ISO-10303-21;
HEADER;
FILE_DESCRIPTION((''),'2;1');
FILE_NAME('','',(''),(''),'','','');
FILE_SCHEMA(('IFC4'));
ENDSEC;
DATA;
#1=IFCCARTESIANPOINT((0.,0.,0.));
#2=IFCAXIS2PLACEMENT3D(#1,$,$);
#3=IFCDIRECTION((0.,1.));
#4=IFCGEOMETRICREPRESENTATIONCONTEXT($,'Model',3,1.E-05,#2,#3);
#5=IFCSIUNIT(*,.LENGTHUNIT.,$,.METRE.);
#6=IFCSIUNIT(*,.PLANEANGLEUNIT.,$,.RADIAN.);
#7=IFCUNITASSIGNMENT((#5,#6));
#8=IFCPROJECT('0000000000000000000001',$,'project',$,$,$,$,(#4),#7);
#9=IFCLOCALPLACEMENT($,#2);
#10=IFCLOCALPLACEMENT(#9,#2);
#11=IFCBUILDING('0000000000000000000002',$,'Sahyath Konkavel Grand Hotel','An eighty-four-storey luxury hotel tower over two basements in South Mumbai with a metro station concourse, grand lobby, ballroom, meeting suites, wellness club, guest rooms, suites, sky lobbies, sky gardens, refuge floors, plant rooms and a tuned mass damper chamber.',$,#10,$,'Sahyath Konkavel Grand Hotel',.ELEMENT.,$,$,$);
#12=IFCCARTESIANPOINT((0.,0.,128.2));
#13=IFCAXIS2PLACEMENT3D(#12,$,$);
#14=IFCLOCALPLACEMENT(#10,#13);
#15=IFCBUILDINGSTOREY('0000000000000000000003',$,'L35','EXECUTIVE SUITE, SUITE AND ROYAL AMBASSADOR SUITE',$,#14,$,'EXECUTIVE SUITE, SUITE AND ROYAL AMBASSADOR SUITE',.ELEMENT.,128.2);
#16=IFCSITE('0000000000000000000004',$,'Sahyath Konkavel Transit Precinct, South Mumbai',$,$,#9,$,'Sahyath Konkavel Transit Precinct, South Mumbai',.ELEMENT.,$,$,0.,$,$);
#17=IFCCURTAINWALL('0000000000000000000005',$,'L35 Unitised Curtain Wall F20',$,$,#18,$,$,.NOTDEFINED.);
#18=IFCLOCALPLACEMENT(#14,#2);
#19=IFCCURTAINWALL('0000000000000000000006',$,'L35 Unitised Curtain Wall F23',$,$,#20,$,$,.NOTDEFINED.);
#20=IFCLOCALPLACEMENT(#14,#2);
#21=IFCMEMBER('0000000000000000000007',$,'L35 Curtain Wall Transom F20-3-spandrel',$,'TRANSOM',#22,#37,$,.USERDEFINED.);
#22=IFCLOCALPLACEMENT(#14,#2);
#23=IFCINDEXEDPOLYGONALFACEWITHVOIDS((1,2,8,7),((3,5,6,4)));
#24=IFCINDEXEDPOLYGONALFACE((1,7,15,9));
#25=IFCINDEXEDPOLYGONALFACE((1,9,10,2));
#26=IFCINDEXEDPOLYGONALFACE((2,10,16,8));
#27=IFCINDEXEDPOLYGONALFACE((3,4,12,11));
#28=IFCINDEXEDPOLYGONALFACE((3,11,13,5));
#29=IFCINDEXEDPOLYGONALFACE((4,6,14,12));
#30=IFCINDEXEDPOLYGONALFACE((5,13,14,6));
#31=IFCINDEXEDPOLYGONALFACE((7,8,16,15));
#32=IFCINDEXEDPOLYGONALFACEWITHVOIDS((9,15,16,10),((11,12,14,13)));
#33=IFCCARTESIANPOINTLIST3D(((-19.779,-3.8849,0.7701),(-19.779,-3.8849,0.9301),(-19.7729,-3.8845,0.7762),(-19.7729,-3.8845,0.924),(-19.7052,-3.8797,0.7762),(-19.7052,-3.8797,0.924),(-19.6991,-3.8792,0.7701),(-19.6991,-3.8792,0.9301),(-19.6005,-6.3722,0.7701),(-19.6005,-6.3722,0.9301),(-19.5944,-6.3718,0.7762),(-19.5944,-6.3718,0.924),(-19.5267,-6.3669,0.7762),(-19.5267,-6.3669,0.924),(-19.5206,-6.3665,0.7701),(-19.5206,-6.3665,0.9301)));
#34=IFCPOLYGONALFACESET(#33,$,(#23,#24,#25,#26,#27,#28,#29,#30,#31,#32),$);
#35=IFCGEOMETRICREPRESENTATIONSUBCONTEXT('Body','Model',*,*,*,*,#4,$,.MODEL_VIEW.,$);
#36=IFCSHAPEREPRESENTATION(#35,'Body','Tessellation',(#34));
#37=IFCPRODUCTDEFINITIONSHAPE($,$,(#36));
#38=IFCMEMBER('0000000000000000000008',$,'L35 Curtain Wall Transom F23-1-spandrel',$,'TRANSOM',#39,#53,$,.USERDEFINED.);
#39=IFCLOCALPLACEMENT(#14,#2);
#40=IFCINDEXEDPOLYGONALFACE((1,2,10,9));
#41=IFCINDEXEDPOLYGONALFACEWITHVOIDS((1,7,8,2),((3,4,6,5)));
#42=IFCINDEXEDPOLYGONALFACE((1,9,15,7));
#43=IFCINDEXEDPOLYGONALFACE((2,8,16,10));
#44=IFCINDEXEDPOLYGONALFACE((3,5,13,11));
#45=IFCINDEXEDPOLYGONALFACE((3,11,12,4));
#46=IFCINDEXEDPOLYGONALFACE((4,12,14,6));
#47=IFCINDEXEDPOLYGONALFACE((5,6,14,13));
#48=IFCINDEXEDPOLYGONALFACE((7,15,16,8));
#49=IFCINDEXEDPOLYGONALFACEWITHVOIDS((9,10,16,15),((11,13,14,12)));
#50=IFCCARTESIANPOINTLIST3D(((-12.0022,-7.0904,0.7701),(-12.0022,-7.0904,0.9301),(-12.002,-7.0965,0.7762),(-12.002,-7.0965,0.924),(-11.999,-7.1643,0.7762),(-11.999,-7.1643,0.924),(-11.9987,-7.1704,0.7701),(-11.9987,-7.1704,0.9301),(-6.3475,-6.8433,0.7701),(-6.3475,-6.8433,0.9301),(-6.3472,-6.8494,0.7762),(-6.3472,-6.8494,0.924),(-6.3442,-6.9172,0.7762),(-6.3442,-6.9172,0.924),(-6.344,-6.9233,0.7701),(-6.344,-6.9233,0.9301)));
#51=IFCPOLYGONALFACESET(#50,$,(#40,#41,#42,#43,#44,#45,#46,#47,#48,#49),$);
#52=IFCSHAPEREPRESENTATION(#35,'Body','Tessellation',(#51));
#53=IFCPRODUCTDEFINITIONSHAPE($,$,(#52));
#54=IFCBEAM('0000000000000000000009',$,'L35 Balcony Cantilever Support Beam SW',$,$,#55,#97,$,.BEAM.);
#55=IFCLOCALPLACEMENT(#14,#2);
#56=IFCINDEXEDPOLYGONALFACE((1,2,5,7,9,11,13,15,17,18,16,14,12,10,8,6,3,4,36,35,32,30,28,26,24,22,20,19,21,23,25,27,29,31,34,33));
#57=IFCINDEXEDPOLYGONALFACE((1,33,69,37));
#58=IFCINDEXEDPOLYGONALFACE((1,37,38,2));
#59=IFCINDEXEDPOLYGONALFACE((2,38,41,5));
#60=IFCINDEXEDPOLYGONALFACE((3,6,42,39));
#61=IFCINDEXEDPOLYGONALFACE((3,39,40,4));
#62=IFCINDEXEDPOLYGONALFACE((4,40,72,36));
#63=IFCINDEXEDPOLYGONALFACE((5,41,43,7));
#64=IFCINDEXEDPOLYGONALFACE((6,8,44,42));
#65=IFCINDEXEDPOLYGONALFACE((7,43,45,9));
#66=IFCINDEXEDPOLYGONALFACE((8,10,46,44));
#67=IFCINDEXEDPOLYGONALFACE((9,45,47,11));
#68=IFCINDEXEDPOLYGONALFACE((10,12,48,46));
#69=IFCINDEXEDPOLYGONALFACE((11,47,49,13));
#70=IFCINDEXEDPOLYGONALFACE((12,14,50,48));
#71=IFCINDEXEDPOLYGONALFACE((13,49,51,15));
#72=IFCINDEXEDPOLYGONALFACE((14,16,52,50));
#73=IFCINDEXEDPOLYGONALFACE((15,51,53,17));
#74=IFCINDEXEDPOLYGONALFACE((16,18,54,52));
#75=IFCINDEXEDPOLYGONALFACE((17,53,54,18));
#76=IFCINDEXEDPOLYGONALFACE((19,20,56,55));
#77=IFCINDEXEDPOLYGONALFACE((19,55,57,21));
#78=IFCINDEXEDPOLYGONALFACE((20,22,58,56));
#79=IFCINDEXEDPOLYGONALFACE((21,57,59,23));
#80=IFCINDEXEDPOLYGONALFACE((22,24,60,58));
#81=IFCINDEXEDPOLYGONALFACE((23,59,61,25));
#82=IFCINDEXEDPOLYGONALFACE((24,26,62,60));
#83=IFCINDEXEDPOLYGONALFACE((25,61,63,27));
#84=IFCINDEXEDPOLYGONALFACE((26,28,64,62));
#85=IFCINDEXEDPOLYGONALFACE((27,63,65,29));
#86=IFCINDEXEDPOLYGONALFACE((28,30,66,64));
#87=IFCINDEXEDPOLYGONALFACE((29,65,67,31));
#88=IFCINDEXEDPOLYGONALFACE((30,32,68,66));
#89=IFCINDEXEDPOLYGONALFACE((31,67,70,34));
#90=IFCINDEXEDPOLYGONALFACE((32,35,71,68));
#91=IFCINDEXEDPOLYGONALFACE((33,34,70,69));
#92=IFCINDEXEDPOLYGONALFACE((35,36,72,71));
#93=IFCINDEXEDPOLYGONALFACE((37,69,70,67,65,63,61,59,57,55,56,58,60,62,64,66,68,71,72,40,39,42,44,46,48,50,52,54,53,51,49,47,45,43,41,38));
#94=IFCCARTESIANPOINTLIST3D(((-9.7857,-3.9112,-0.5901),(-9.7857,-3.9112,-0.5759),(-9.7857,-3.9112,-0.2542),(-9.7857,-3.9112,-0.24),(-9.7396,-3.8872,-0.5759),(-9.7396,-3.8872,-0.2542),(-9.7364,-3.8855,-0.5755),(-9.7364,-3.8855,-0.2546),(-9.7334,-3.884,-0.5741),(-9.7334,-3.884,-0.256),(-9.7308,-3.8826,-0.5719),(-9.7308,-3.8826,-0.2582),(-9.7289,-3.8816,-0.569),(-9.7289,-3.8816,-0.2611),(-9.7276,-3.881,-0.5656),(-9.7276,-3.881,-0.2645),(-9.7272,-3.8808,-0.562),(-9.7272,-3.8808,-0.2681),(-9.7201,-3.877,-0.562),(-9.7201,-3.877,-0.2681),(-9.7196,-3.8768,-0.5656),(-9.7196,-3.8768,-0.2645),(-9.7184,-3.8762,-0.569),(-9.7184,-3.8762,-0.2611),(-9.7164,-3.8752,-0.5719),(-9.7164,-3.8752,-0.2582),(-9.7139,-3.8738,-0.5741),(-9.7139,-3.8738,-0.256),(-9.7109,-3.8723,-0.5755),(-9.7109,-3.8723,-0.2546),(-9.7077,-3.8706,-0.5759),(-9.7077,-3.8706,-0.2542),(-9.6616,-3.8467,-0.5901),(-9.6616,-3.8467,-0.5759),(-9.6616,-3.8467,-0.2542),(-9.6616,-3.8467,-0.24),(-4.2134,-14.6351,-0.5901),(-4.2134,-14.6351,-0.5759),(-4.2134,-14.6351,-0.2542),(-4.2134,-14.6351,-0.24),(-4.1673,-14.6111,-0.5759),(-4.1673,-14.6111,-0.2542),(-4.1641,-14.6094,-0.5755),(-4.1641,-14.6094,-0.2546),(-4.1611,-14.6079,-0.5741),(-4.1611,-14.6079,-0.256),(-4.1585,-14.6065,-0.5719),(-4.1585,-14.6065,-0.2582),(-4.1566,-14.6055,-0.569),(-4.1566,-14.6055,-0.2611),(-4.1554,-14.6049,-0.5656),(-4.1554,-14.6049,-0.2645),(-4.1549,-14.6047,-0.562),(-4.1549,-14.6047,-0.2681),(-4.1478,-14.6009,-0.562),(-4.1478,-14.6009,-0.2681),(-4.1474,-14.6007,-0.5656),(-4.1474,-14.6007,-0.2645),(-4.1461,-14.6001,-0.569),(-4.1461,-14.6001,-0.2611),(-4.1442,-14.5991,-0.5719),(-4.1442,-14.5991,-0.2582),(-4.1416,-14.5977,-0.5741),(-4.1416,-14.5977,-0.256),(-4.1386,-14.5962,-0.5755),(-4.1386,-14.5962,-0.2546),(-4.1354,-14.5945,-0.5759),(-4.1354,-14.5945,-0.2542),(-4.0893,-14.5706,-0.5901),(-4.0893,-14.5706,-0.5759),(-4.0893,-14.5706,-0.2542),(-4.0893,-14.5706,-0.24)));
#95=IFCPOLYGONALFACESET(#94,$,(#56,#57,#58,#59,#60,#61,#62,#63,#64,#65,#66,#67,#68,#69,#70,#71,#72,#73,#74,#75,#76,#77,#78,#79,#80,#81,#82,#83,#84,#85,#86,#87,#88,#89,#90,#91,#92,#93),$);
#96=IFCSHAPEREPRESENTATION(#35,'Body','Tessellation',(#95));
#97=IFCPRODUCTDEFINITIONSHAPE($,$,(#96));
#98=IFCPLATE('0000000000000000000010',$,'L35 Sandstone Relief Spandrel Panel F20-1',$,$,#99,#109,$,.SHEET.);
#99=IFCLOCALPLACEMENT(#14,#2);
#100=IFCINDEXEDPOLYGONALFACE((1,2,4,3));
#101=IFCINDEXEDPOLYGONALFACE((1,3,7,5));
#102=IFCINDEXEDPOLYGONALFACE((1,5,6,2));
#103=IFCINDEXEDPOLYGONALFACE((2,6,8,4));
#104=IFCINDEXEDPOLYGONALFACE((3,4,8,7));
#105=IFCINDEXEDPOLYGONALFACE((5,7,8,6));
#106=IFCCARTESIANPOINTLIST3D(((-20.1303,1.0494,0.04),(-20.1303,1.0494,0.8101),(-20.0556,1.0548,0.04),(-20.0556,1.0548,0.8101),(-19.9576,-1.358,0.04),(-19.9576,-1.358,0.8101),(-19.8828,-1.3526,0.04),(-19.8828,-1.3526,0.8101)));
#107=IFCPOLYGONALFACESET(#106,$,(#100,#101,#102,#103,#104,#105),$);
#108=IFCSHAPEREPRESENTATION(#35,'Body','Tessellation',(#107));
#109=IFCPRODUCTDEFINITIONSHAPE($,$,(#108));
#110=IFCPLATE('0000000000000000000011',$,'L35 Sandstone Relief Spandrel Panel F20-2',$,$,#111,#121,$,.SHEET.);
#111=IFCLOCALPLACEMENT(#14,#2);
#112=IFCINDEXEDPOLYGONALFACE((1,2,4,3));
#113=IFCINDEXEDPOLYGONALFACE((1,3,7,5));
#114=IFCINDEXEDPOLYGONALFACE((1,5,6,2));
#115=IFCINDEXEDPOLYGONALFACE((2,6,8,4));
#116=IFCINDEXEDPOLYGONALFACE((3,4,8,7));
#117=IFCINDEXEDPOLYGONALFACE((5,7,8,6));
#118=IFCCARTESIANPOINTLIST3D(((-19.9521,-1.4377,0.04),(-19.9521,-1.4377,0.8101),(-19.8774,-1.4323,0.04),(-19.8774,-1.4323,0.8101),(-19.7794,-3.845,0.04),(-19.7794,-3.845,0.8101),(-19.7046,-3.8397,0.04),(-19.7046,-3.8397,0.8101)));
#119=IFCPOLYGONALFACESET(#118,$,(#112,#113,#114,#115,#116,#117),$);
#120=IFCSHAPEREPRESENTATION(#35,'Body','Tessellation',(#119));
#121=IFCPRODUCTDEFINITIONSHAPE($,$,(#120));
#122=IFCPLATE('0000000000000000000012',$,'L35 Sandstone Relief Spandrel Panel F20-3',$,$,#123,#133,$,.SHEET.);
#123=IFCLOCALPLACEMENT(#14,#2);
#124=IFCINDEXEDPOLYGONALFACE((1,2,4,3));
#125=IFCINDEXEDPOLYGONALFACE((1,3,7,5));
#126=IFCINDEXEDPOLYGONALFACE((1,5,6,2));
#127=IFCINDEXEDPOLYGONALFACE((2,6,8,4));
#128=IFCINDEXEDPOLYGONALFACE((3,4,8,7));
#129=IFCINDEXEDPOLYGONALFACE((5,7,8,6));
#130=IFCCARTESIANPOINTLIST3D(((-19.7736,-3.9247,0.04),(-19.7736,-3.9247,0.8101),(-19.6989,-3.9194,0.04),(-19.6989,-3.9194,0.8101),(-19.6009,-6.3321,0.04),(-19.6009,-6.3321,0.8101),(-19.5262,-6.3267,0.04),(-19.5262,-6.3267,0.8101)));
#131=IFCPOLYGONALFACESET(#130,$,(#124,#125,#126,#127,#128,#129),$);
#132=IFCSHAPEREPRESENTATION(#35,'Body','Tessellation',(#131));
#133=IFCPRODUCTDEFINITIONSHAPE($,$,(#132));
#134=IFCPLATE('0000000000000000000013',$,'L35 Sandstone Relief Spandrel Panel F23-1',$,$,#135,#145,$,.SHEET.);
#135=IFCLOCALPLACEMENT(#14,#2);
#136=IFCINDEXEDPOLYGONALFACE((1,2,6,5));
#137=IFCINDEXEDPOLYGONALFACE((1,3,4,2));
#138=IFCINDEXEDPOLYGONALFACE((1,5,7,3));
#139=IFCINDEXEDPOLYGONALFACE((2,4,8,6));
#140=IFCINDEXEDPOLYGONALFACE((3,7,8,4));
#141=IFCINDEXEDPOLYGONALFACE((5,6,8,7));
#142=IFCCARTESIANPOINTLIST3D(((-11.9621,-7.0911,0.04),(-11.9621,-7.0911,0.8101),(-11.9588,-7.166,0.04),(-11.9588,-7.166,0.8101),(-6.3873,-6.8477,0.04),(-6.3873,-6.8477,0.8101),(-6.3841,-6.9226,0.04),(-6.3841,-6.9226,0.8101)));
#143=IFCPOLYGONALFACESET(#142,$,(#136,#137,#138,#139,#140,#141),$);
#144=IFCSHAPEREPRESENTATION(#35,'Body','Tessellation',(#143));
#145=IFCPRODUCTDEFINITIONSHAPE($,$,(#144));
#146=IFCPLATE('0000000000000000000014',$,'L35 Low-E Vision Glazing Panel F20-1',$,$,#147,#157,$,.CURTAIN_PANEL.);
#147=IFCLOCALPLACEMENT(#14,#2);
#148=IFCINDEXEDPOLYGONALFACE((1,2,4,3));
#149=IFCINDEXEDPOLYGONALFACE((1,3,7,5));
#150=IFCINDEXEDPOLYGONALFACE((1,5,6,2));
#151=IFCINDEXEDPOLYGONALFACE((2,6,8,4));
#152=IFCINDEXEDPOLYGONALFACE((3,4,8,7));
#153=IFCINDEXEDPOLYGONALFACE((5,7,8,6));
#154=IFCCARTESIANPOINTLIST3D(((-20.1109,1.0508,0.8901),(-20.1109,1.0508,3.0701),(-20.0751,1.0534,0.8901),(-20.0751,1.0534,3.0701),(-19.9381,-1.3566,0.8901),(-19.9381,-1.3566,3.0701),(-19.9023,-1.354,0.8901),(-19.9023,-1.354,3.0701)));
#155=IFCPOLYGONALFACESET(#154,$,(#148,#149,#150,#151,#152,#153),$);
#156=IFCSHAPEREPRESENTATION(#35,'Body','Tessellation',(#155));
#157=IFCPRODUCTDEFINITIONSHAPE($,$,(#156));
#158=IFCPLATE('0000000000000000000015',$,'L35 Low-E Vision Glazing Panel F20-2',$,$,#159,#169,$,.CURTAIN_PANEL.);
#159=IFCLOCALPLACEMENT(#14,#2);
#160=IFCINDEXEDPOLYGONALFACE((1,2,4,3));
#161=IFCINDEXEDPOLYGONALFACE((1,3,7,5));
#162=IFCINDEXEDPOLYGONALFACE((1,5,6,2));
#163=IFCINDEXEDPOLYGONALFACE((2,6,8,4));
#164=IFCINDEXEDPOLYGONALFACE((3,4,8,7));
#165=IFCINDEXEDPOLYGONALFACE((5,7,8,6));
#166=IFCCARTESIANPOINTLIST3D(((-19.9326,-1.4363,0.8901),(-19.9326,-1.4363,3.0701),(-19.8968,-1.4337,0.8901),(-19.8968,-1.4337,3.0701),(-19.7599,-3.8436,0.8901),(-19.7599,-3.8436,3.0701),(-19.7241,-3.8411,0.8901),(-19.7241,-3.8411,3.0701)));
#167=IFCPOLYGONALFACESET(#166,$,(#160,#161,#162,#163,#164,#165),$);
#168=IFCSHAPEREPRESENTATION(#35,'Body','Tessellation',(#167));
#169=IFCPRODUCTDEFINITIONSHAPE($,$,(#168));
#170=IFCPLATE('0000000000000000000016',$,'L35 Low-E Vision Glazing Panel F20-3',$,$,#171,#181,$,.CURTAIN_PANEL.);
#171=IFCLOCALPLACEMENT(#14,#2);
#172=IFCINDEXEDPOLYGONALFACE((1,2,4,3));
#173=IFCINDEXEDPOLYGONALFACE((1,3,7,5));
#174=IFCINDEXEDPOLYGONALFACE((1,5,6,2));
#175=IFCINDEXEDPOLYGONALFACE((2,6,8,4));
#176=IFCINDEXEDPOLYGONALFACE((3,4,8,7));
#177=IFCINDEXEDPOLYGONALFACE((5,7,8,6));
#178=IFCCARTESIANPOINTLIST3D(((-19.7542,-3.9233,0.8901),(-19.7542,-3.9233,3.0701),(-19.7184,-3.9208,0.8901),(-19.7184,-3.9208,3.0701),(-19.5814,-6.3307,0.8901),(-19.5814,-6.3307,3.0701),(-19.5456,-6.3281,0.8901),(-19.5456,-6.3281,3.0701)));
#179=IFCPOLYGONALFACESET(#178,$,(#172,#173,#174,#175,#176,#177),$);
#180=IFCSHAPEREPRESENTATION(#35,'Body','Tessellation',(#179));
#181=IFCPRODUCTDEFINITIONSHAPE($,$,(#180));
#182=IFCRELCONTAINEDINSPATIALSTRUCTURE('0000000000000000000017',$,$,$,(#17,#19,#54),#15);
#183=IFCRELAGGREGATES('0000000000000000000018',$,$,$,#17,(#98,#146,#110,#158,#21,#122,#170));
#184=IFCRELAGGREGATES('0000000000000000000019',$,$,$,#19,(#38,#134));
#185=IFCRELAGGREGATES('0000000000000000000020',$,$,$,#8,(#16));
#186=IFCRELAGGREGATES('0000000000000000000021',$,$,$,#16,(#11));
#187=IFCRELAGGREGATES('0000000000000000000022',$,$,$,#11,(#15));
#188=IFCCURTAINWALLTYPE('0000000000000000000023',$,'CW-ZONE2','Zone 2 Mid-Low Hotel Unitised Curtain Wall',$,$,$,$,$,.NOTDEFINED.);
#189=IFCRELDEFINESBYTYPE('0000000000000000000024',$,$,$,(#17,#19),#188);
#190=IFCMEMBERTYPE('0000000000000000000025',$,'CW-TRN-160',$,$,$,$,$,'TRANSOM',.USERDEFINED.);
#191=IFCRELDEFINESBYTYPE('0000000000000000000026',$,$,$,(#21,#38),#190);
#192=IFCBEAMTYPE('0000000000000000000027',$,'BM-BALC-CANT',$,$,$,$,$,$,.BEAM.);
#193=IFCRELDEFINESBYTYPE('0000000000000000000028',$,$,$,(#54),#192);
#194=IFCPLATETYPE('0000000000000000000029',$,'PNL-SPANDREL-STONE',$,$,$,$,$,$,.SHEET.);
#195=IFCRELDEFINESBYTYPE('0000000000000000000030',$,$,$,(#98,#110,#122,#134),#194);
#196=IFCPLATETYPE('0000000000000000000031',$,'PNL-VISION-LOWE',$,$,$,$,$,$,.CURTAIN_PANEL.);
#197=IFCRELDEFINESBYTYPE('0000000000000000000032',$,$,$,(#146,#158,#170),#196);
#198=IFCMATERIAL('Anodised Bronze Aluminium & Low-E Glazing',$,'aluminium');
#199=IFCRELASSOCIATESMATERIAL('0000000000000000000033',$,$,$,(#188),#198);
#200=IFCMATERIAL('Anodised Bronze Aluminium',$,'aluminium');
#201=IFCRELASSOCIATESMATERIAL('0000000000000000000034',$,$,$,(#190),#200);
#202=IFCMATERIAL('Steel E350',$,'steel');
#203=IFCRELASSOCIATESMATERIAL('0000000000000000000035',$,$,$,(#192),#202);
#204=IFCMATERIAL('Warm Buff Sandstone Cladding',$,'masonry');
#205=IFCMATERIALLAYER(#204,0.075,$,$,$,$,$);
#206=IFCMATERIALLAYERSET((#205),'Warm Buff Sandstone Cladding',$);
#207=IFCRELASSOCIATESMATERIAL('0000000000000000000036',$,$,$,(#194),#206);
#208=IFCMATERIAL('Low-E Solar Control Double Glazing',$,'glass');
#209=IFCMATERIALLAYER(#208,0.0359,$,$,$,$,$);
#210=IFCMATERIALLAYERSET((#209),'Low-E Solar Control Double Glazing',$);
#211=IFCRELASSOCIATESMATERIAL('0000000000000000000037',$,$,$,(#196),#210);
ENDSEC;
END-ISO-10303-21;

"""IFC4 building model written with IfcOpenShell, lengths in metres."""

from ifc_helpers import new_model, si_unit, direction, frame, origin, origin_2d, place, context, subcontext, project, spatial, rectangle, hollow_rectangle, i_section, extrude, source, transform, mapped, material, layer, layer_set, material_profile, profile_set, type_object, element, aggregate, save


model = new_model("IFC4")

# Units and contexts
model_context = context("Model", 3, precision=1e-05, world=origin(), true_north=direction((0.0, 1.0)))
body_context = subcontext(model_context, "Body", "Model", "MODEL_VIEW")
ifc_project = project(units=[si_unit("LENGTHUNIT", "METRE"), si_unit("PLANEANGLEUNIT", "RADIAN")], contexts=[model_context])

# Site, building, storey
site_placement = place(None, origin())
site = spatial("IfcSite", under=ifc_project, at=site_placement, Name="Sahyath Konkavel Transit Precinct, South Mumbai", LongName="Sahyath Konkavel Transit Precinct, South Mumbai", CompositionType="ELEMENT", RefElevation=0.0)
building_placement = place(site_placement, origin())
building = spatial("IfcBuilding", under=site, at=building_placement, Name="Sahyath Konkavel Grand Hotel", Description="An eighty-four-storey luxury hotel tower over two basements in South Mumbai with a metro station concourse, grand lobby, ballroom, meeting suites, wellness club, guest rooms, suites, sky lobbies, sky gardens, refuge floors, plant rooms and a tuned mass damper chamber.", LongName="Sahyath Konkavel Grand Hotel", CompositionType="ELEMENT")
storey_placement = place(building_placement, frame((0.0, 0.0, 128.2)))
storey = spatial("IfcBuildingStorey", under=building, at=storey_placement, Name="L35", Description="EXECUTIVE SUITE, SUITE AND ROYAL AMBASSADOR SUITE", LongName="EXECUTIVE SUITE, SUITE AND ROYAL AMBASSADOR SUITE", CompositionType="ELEMENT", Elevation=128.2)

# Shared definitions
ifc_material_1 = material(Name="Steel E350", Category="steel")

# Curtain wall
ifc_material_2 = material(Name="Anodised Bronze Aluminium & Low-E Glazing", Category="aluminium")
curtain_wall_type = type_object("IfcCurtainWallType", Name="CW-ZONE2", Description="Zone 2 Mid-Low Hotel Unitised Curtain Wall", PredefinedType="NOTDEFINED", material=ifc_material_2)
curtain_wall_1_placement = place(storey_placement, origin())
curtain_wall_1 = element("IfcCurtainWall", 1, at=curtain_wall_1_placement, inside=storey, type_object=curtain_wall_type, Name="L35 Unitised Curtain Wall F20", PredefinedType="NOTDEFINED")
ifc_material_3 = material(Name="Anodised Bronze Aluminium", Category="aluminium")

# Curtain wall
curtain_wall_2_placement = place(storey_placement, origin())
curtain_wall_2 = element("IfcCurtainWall", 2, at=curtain_wall_2_placement, inside=storey, type_object=curtain_wall_type, Name="L35 Unitised Curtain Wall F23", PredefinedType="NOTDEFINED")

# Members
ifc_material_profile_1 = material_profile(ifc_material_3, hollow_rectangle(XDim=0.0801, YDim=0.1599, WallThickness=0.0061, at=origin_2d()), Name="RHS 160x80x6")
ifc_profile_set_1 = profile_set([ifc_material_profile_1], Name="Anodised Bronze Aluminium")
member_type_1 = type_object("IfcMemberType", Name="CW-TRN-160", ElementType="TRANSOM", PredefinedType="USERDEFINED", material=ifc_profile_set_1)
shared_shape_1 = source(origin(), body_context, "Body", "SweptSolid", [
    extrude(hollow_rectangle(XDim=0.0801, YDim=0.1599, WallThickness=0.0061, at=origin_2d()), origin(), (0.0, 0.0, 1.0), 2.4937),
])
member_1_placement = place(storey_placement, frame((-19.739, -3.8821, 0.8501), z_axis=(0.071567, -0.997436, 0.0), x_axis=(0.997436, 0.071567, 0.0)))
member_1 = element("IfcMember", 3, at=member_1_placement, type_object=member_type_1, Name="L35 Curtain Wall Transom F20-3-spandrel", ObjectType="TRANSOM", PredefinedType="USERDEFINED", context=body_context, shape_type="MappedRepresentation", body=[
    mapped(shared_shape_1, transform((0.0, 0.0, 0.0), scale=1.0)),
])
shared_shape_2 = source(origin(), body_context, "Body", "SweptSolid", [
    extrude(hollow_rectangle(XDim=0.0801, YDim=0.1599, WallThickness=0.0061, at=origin_2d()), origin(), (0.0, 0.0, 1.0), 5.6602),
])
member_2_placement = place(storey_placement, frame((-12.0005, -7.1304, 0.8501), z_axis=(0.999047, 0.043651, 0.0), x_axis=(-0.043651, 0.999047, 0.0)))
member_2 = element("IfcMember", 4, at=member_2_placement, type_object=member_type_1, Name="L35 Curtain Wall Transom F23-1-spandrel", ObjectType="TRANSOM", PredefinedType="USERDEFINED", context=body_context, shape_type="MappedRepresentation", body=[
    mapped(shared_shape_2, transform((0.0, 0.0, 0.0), scale=1.0)),
])

# Beam
ifc_material_profile_2 = material_profile(ifc_material_1, i_section(OverallWidth=0.1399, OverallDepth=0.3501, WebThickness=0.0081, FlangeThickness=0.0142, FilletRadius=0.0139, at=origin_2d()), Name="ISMB 350")
ifc_profile_set_2 = profile_set([ifc_material_profile_2], Name="Steel E350")
beam_type_1 = type_object("IfcBeamType", Name="BM-BALC-CANT", PredefinedType="BEAM", material=ifc_profile_set_2)
shared_shape_3 = source(origin(), body_context, "Body", "SweptSolid", [
    extrude(i_section(OverallWidth=0.1399, OverallDepth=0.3501, WebThickness=0.0081, FlangeThickness=0.0142, FilletRadius=0.0139, at=origin_2d()), origin(), (0.0, 0.0, 1.0), 12.0852),
])
beam_1_placement = place(storey_placement, frame((-9.7236, -3.8789, -0.415), z_axis=(0.461082, -0.887357, 0.0), x_axis=(0.887357, 0.461082, 0.0)))
element("IfcBeam", 5, at=beam_1_placement, inside=storey, type_object=beam_type_1, Name="L35 Balcony Cantilever Support Beam SW", PredefinedType="BEAM", context=body_context, shape_type="MappedRepresentation", body=[
    mapped(shared_shape_3, transform((0.0, 0.0, 0.0), scale=1.0)),
])

# Plates
ifc_material_4 = material(Name="Warm Buff Sandstone Cladding", Category="masonry")
ifc_layer_1 = layer(ifc_material_4, 0.075)
ifc_layer_set_1 = layer_set([ifc_layer_1], Name="Warm Buff Sandstone Cladding")
plate_type_1 = type_object("IfcPlateType", Name="PNL-SPANDREL-STONE", PredefinedType="SHEET", material=ifc_layer_set_1)
shared_shape_4 = source(origin(), body_context, "Body", "SweptSolid", [
    extrude(rectangle(XDim=2.4136, YDim=0.075, at=origin_2d()), origin(), (0.0, 0.0, 1.0), 0.77),
])
plate_1_placement = place(storey_placement, frame((-20.0066, -0.1516, 0.04), z_axis=(0.0, 0.0, 1.0), x_axis=(0.071567, -0.997436, 0.0)))
plate_1 = element("IfcPlate", 6, at=plate_1_placement, type_object=plate_type_1, Name="L35 Sandstone Relief Spandrel Panel F20-1", PredefinedType="SHEET", context=body_context, shape_type="MappedRepresentation", body=[
    mapped(shared_shape_4, transform((0.0, 0.0, 0.0), scale=1.0)),
])
plate_2_placement = place(storey_placement, frame((-19.8284, -2.6387, 0.04), z_axis=(0.0, 0.0, 1.0), x_axis=(0.071567, -0.997436, 0.0)))
plate_2 = element("IfcPlate", 7, at=plate_2_placement, type_object=plate_type_1, Name="L35 Sandstone Relief Spandrel Panel F20-2", PredefinedType="SHEET", context=body_context, shape_type="MappedRepresentation", body=[
    mapped(shared_shape_4, transform((0.0, 0.0, 0.0), scale=1.0)),
])
plate_3_placement = place(storey_placement, frame((-19.6499, -5.1257, 0.04), z_axis=(0.0, 0.0, 1.0), x_axis=(0.071567, -0.997436, 0.0)))
plate_3 = element("IfcPlate", 8, at=plate_3_placement, type_object=plate_type_1, Name="L35 Sandstone Relief Spandrel Panel F20-3", PredefinedType="SHEET", context=body_context, shape_type="MappedRepresentation", body=[
    mapped(shared_shape_4, transform((0.0, 0.0, 0.0), scale=1.0)),
])
shared_shape_5 = source(origin(), body_context, "Body", "SweptSolid", [
    extrude(rectangle(XDim=5.5801, YDim=0.075, at=origin_2d()), origin(), (0.0, 0.0, 1.0), 0.77),
])
plate_4_placement = place(storey_placement, frame((-9.1731, -7.0068, 0.04), z_axis=(0.0, 0.0, 1.0), x_axis=(0.999048, 0.043619, 0.0)))
plate_4 = element("IfcPlate", 9, at=plate_4_placement, type_object=plate_type_1, Name="L35 Sandstone Relief Spandrel Panel F23-1", PredefinedType="SHEET", context=body_context, shape_type="MappedRepresentation", body=[
    mapped(shared_shape_5, transform((0.0, 0.0, 0.0), scale=1.0)),
])
ifc_material_5 = material(Name="Low-E Solar Control Double Glazing", Category="glass")
ifc_layer_2 = layer(ifc_material_5, 0.0359)
ifc_layer_set_2 = layer_set([ifc_layer_2], Name="Low-E Solar Control Double Glazing")
plate_type_2 = type_object("IfcPlateType", Name="PNL-VISION-LOWE", PredefinedType="CURTAIN_PANEL", material=ifc_layer_set_2)
shared_shape_6 = source(origin(), body_context, "Body", "SweptSolid", [
    extrude(rectangle(XDim=2.4136, YDim=0.0359, at=origin_2d()), origin(), (0.0, 0.0, 1.0), 2.1799),
])
plate_5_placement = place(storey_placement, frame((-20.0066, -0.1516, 0.8901), z_axis=(0.0, 0.0, 1.0), x_axis=(0.071567, -0.997436, 0.0)))
plate_5 = element("IfcPlate", 10, at=plate_5_placement, type_object=plate_type_2, Name="L35 Low-E Vision Glazing Panel F20-1", PredefinedType="CURTAIN_PANEL", context=body_context, shape_type="MappedRepresentation", body=[
    mapped(shared_shape_6, transform((0.0, 0.0, 0.0), scale=1.0)),
])
plate_6_placement = place(storey_placement, frame((-19.8284, -2.6387, 0.8901), z_axis=(0.0, 0.0, 1.0), x_axis=(0.071567, -0.997436, 0.0)))
plate_6 = element("IfcPlate", 11, at=plate_6_placement, type_object=plate_type_2, Name="L35 Low-E Vision Glazing Panel F20-2", PredefinedType="CURTAIN_PANEL", context=body_context, shape_type="MappedRepresentation", body=[
    mapped(shared_shape_6, transform((0.0, 0.0, 0.0), scale=1.0)),
])
plate_7_placement = place(storey_placement, frame((-19.6499, -5.1257, 0.8901), z_axis=(0.0, 0.0, 1.0), x_axis=(0.071567, -0.997436, 0.0)))
plate_7 = element("IfcPlate", 12, at=plate_7_placement, type_object=plate_type_2, Name="L35 Low-E Vision Glazing Panel F20-3", PredefinedType="CURTAIN_PANEL", context=body_context, shape_type="MappedRepresentation", body=[
    mapped(shared_shape_6, transform((0.0, 0.0, 0.0), scale=1.0)),
])
aggregate(curtain_wall_1, [plate_1, plate_5, plate_2, plate_6, member_1, plate_3, plate_7])
aggregate(curtain_wall_2, [member_2, plate_4])

save(model, "model.ifc")
